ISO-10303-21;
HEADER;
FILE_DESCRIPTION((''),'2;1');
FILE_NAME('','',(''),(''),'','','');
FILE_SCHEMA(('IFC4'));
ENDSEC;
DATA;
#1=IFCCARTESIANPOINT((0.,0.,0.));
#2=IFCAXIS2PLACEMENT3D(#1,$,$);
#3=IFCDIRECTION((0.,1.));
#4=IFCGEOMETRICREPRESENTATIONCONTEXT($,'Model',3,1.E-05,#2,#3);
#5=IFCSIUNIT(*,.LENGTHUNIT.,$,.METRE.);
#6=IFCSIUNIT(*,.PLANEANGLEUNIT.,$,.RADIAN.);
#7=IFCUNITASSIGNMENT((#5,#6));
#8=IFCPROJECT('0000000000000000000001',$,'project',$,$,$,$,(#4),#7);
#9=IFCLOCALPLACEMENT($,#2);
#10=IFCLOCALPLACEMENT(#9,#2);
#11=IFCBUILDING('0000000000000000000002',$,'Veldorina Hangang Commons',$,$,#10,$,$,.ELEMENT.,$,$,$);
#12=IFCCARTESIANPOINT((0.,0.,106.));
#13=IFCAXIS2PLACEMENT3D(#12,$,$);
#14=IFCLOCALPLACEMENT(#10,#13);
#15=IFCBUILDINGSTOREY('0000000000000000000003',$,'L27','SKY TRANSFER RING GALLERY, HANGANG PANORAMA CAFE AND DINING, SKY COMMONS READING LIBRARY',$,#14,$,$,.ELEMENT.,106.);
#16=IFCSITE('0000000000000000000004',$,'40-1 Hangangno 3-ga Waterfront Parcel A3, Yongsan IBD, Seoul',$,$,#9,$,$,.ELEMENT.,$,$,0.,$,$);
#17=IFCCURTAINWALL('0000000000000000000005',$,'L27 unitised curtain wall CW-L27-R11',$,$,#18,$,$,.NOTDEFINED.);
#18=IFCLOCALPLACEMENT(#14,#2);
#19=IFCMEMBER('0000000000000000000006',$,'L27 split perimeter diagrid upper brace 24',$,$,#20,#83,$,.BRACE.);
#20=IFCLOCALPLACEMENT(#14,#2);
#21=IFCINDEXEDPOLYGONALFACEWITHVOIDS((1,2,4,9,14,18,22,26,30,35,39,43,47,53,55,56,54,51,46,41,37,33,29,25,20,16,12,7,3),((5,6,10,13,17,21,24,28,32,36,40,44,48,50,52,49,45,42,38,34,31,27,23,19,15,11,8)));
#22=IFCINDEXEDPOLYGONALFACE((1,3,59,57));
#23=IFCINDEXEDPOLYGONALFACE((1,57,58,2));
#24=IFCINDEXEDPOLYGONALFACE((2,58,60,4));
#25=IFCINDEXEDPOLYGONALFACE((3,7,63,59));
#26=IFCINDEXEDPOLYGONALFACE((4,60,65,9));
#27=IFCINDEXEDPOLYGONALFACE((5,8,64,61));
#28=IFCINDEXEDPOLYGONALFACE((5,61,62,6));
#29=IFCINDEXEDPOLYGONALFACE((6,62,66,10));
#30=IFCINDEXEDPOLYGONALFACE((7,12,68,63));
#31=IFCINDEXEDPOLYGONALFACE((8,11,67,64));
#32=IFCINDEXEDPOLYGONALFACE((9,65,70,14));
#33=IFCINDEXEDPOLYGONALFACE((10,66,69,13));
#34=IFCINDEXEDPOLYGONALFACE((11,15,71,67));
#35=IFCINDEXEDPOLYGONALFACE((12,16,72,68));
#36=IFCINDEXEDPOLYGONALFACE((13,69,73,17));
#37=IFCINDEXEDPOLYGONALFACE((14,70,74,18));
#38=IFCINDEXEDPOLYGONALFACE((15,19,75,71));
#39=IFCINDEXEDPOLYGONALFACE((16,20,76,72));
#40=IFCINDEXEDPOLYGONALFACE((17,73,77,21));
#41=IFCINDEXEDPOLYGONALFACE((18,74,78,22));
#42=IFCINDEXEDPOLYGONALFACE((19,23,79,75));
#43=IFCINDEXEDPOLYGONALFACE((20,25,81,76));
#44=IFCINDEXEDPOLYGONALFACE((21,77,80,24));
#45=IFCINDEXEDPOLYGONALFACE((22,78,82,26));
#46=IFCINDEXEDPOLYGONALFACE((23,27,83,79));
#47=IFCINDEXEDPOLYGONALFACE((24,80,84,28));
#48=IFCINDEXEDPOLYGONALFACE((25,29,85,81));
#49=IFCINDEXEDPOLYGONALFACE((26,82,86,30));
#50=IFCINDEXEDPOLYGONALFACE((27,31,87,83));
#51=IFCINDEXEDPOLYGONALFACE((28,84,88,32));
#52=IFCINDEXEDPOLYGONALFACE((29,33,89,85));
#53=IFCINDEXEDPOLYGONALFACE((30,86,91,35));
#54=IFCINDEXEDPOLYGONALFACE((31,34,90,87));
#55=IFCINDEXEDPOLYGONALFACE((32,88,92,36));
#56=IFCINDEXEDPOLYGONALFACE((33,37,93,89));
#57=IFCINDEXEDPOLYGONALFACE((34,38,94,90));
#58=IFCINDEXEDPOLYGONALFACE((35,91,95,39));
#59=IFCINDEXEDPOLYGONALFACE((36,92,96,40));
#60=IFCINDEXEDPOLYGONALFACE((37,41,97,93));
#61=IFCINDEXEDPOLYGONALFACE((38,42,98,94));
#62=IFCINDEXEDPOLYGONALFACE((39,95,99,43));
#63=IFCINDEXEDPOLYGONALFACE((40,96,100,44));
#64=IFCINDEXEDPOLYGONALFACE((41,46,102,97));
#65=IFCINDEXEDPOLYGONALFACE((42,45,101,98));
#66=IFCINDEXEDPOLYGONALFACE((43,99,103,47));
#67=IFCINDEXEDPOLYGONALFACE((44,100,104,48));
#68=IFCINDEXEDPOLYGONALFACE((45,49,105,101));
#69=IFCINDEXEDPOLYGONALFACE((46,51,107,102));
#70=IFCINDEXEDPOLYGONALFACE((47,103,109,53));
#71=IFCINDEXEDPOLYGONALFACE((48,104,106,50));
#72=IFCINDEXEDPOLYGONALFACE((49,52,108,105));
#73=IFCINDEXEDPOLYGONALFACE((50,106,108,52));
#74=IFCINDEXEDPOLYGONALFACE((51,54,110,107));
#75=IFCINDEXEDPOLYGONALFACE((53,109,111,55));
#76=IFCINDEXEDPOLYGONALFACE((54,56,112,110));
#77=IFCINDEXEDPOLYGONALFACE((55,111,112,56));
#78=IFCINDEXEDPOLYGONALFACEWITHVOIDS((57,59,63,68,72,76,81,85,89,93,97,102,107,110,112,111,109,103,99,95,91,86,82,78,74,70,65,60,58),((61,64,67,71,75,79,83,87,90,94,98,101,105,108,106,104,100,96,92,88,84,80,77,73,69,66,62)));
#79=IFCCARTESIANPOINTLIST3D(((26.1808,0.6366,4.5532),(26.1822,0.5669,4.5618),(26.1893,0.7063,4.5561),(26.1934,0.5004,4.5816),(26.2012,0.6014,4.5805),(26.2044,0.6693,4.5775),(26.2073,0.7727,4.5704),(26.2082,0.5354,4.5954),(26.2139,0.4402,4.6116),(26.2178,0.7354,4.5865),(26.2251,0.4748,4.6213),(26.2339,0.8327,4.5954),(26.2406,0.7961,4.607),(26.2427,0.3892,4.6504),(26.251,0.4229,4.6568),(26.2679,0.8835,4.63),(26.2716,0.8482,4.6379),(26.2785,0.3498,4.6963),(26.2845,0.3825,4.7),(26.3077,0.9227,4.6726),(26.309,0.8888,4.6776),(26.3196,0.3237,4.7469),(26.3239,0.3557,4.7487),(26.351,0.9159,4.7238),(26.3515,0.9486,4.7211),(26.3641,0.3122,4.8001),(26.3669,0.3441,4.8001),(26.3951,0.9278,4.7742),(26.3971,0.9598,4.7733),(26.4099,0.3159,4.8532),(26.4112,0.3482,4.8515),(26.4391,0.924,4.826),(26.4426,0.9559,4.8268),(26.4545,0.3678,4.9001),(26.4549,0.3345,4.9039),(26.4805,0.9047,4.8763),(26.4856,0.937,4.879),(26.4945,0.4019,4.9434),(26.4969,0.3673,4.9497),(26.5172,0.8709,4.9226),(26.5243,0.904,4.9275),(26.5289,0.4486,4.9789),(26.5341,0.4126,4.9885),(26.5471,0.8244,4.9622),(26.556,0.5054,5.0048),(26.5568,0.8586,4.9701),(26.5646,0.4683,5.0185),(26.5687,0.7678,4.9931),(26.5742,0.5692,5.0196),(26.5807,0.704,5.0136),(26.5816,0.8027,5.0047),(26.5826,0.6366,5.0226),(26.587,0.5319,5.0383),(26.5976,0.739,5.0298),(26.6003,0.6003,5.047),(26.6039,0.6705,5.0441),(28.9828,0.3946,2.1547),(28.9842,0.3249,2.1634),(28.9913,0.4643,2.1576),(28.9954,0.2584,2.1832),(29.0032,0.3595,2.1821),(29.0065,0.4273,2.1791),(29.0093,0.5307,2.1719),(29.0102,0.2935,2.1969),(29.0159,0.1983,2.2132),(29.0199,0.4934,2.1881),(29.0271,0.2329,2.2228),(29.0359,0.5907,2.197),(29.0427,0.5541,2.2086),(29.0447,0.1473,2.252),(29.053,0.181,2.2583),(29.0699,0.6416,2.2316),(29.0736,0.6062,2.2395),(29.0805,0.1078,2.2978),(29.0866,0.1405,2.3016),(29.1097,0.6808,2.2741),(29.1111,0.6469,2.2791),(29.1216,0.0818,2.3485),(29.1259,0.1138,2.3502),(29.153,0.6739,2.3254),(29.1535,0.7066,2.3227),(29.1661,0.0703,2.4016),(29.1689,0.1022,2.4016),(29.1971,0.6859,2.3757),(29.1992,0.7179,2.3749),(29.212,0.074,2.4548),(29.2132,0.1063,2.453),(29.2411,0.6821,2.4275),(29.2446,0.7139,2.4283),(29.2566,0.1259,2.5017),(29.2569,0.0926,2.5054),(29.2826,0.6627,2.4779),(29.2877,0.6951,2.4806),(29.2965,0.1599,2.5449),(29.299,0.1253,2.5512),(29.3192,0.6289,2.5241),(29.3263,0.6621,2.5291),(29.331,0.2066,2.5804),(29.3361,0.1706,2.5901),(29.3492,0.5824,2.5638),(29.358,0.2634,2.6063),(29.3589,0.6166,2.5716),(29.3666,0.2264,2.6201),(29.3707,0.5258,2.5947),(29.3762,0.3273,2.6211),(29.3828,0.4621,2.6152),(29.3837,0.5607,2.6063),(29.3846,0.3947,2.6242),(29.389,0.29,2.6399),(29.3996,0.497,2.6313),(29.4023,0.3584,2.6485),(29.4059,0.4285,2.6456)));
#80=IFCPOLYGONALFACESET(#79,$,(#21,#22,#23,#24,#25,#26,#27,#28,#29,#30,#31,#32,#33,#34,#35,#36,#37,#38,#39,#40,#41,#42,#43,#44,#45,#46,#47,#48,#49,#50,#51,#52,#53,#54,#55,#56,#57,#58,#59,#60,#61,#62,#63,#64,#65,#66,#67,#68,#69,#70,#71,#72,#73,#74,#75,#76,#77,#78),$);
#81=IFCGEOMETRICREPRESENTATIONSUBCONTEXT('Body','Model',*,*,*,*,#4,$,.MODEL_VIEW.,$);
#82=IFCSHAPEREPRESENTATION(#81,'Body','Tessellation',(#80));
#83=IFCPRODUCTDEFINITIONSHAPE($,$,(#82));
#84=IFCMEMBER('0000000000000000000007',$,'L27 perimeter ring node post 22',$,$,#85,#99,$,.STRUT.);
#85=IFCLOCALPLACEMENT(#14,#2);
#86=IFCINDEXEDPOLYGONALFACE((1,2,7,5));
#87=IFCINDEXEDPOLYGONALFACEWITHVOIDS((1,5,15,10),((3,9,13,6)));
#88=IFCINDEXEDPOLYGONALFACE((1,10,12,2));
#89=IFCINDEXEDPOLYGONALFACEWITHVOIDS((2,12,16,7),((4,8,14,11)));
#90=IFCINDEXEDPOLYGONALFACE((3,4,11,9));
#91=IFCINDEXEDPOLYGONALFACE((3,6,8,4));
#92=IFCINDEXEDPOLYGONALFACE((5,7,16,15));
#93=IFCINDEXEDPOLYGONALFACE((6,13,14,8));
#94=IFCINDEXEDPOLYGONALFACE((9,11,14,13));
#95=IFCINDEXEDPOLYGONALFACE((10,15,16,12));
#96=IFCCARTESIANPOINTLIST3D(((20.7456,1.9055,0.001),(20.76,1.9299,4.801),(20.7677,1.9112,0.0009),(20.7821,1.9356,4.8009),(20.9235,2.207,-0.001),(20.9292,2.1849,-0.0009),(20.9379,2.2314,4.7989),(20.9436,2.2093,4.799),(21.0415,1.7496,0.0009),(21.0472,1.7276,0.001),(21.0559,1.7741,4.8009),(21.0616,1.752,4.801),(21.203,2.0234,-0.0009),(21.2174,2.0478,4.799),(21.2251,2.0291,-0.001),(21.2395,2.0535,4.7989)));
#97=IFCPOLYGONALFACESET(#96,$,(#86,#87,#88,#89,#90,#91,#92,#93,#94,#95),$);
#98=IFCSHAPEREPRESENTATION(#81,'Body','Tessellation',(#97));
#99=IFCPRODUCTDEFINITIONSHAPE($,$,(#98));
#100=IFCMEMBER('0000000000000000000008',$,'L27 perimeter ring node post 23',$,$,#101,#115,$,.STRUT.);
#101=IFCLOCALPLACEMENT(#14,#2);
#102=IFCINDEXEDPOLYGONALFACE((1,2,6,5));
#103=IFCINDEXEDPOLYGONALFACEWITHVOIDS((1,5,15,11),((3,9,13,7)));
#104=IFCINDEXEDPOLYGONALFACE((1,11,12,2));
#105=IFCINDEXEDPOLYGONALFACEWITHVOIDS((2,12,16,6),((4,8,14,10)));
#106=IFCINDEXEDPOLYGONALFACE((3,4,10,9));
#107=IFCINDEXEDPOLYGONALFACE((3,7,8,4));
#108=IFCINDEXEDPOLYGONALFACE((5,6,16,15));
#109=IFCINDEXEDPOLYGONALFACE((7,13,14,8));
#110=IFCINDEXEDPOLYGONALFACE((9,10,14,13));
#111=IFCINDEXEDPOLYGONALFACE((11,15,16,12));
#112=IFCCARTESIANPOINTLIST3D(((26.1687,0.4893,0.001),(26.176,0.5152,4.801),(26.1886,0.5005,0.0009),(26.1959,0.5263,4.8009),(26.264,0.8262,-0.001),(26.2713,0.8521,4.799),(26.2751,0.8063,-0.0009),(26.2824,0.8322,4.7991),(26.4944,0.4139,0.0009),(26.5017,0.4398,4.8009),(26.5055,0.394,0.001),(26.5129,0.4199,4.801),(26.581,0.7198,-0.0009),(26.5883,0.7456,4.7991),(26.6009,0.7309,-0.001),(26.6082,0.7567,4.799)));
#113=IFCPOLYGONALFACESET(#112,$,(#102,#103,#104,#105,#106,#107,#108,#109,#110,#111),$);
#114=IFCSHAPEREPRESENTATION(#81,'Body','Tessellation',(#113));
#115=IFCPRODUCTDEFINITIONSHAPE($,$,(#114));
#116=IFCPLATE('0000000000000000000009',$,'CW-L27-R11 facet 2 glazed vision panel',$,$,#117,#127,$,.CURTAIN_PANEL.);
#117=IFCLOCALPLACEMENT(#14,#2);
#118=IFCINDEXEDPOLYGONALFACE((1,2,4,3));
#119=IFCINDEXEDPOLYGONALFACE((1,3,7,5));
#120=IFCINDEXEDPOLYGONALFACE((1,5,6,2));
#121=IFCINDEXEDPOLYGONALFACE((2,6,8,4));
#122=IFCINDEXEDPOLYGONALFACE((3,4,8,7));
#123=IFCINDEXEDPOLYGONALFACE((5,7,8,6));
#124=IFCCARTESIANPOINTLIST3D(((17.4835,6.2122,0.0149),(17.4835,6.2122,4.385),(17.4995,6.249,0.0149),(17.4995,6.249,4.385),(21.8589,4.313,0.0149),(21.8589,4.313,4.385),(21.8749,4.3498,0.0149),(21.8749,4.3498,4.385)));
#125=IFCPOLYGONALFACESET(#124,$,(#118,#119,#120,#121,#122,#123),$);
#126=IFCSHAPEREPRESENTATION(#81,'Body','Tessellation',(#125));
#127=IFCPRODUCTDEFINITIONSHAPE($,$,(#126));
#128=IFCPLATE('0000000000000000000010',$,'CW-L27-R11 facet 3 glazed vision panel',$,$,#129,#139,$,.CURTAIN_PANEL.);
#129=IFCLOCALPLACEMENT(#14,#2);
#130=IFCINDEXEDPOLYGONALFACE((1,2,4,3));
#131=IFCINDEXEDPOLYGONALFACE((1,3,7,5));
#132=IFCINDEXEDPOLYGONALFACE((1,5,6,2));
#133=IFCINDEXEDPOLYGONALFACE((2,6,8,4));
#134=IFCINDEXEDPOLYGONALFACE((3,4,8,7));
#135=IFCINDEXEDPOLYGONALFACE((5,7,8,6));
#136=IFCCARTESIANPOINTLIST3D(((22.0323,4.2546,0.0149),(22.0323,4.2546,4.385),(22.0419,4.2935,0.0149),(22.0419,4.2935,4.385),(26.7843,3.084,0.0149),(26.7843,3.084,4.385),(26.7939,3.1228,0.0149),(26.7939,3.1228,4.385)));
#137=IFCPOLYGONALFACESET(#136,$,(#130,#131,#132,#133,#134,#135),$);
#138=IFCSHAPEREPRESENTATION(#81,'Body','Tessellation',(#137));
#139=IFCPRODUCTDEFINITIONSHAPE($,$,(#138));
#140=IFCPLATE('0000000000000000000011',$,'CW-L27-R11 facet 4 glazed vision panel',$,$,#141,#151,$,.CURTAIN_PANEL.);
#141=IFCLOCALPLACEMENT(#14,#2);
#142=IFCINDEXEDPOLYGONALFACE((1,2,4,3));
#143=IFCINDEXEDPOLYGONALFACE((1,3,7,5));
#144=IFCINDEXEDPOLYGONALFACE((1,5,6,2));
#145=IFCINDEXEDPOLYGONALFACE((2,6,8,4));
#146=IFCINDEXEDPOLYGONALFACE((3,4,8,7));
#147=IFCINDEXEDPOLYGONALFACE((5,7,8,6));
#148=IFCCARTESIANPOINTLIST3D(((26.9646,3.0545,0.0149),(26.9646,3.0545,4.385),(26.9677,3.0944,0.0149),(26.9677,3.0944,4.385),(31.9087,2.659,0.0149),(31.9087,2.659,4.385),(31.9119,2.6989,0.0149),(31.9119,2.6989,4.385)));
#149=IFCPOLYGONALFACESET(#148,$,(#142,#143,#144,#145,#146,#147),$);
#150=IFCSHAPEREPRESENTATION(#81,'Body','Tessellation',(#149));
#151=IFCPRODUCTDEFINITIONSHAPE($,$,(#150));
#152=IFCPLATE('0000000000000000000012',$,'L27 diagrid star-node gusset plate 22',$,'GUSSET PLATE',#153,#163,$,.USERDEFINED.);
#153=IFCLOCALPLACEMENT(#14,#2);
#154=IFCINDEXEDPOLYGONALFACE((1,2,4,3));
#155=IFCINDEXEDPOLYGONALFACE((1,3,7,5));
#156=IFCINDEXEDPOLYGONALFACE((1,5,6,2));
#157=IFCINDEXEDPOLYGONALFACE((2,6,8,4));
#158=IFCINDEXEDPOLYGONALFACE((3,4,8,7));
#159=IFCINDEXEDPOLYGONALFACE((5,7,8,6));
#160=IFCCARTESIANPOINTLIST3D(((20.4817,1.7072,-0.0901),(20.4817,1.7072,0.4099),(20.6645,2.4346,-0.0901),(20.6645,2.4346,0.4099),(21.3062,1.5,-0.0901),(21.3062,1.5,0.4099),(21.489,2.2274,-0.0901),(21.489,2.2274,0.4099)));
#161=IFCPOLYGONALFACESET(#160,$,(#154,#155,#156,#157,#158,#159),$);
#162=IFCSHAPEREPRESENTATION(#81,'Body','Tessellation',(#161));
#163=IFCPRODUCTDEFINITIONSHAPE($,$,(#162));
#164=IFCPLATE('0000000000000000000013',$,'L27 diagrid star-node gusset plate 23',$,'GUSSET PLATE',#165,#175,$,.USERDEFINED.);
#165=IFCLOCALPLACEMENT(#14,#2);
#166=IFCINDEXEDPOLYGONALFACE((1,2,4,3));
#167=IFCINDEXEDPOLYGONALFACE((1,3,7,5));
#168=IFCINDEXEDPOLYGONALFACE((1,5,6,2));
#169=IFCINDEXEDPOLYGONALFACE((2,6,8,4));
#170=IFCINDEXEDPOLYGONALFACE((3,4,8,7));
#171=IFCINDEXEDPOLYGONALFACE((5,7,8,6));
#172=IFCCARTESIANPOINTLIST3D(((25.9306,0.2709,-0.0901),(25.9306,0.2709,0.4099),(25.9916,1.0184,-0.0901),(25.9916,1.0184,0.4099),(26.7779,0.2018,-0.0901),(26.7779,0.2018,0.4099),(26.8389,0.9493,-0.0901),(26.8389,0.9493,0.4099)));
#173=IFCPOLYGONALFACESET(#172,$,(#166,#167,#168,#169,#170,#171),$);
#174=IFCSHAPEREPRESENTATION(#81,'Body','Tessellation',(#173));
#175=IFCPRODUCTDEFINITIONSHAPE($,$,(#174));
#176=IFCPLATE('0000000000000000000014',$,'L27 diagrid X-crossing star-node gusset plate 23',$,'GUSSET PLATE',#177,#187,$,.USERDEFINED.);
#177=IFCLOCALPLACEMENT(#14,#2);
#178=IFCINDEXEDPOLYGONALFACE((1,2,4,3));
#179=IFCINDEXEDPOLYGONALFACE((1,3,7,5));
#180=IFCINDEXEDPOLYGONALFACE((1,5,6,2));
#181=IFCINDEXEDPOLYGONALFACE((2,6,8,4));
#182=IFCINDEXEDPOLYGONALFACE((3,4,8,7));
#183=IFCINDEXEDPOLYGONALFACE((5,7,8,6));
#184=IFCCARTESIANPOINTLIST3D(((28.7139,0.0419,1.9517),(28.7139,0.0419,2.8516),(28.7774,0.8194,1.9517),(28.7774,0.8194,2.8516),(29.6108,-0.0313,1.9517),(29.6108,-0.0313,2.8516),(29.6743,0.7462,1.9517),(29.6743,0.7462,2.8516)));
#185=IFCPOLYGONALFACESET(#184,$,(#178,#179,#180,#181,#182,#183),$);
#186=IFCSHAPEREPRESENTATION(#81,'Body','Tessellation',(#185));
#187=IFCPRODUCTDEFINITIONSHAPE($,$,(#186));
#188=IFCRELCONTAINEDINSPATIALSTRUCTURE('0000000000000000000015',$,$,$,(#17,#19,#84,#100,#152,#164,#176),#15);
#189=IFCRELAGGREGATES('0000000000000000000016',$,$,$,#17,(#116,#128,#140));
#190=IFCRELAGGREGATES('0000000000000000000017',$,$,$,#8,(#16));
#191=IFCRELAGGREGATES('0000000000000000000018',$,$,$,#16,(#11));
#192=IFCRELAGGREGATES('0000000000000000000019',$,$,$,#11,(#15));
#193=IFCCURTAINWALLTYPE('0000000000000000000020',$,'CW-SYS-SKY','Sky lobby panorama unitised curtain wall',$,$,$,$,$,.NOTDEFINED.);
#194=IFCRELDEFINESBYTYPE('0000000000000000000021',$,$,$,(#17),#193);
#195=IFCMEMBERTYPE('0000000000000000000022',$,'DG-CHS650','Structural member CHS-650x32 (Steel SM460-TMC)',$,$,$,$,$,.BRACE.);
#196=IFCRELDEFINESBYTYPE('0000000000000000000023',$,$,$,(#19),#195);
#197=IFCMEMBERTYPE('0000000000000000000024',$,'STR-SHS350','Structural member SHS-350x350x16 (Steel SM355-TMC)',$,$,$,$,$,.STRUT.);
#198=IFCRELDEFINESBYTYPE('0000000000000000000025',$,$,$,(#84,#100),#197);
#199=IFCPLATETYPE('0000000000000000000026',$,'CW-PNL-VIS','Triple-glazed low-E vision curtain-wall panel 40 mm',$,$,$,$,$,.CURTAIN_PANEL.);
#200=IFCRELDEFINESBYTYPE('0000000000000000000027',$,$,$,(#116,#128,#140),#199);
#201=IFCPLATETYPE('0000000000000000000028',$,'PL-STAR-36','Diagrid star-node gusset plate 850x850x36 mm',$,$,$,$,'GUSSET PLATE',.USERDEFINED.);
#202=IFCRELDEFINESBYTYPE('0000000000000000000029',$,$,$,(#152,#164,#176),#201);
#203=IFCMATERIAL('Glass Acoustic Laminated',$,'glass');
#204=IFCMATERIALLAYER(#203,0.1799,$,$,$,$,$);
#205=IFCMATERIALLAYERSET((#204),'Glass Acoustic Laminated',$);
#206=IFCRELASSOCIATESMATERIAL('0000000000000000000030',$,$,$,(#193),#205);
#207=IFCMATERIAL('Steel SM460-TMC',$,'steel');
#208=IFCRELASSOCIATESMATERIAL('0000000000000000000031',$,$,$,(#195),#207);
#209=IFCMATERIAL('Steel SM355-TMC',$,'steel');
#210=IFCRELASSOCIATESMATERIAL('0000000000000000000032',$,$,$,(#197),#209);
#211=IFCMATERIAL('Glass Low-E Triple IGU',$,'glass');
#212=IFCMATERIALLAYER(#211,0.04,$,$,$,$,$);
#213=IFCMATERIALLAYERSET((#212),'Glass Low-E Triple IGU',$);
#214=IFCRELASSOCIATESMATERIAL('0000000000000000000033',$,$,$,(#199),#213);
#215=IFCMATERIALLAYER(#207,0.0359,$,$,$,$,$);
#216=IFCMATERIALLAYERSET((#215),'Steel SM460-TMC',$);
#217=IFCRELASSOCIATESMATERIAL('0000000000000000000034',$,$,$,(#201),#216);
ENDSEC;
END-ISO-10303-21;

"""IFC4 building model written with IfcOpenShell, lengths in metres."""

from ifc_helpers import new_model, si_unit, direction, frame, origin, origin_2d, place, context, subcontext, project, spatial, rectangle, hollow_rectangle, hollow_circle, extrude, material, layer, layer_set, material_profile, profile_set, type_object, element, aggregate, save


model = new_model("IFC4")

# Units and contexts
model_context = context("Model", 3, precision=1e-05, world=origin(), true_north=direction((0.0, 1.0)))
body_context = subcontext(model_context, "Body", "Model", "MODEL_VIEW")
ifc_project = project(units=[si_unit("LENGTHUNIT", "METRE"), si_unit("PLANEANGLEUNIT", "RADIAN")], contexts=[model_context])

# Site, building, storey
site_placement = place(None, origin())
site = spatial("IfcSite", under=ifc_project, at=site_placement, Name="40-1 Hangangno 3-ga Waterfront Parcel A3, Yongsan IBD, Seoul", CompositionType="ELEMENT", RefElevation=0.0)
building_placement = place(site_placement, origin())
building = spatial("IfcBuilding", under=site, at=building_placement, Name="Veldorina Hangang Commons", CompositionType="ELEMENT")
storey_placement = place(building_placement, frame((0.0, 0.0, 106.0)))
storey = spatial("IfcBuildingStorey", under=building, at=storey_placement, Name="L27", Description="SKY TRANSFER RING GALLERY, HANGANG PANORAMA CAFE AND DINING, SKY COMMONS READING LIBRARY", CompositionType="ELEMENT", Elevation=106.0)

# Curtain wall
ifc_material_1 = material(Name="Glass Acoustic Laminated", Category="glass")
ifc_layer_1 = layer(ifc_material_1, 0.1799)
ifc_layer_set_1 = layer_set([ifc_layer_1], Name="Glass Acoustic Laminated")
curtain_wall_type = type_object("IfcCurtainWallType", Name="CW-SYS-SKY", Description="Sky lobby panorama unitised curtain wall", PredefinedType="NOTDEFINED", material=ifc_layer_set_1)
curtain_wall_placement = place(storey_placement, origin())
curtain_wall = element("IfcCurtainWall", 1, at=curtain_wall_placement, inside=storey, type_object=curtain_wall_type, Name="L27 unitised curtain wall CW-L27-R11", PredefinedType="NOTDEFINED")

# Members
ifc_material_2 = material(Name="Steel SM460-TMC", Category="steel")
ifc_material_profile_1 = material_profile(ifc_material_2, hollow_circle(Radius=0.325, WallThickness=0.032, at=origin_2d()), Name="CHS-650x32")
ifc_profile_set_1 = profile_set([ifc_material_profile_1], Name="Steel SM460-TMC")
member_type_1 = type_object("IfcMemberType", Name="DG-CHS650", Description="Structural member CHS-650x32 (Steel SM460-TMC)", PredefinedType="BRACE", material=ifc_profile_set_1)
member_1_placement = place(storey_placement, frame((29.1941, 0.394, 2.4016), z_axis=(-0.758066, 0.065456, 0.648884), x_axis=(-0.086027, -0.996293, 0.0)))
element("IfcMember", 2, at=member_1_placement, inside=storey, type_object=member_type_1, Name="L27 split perimeter diagrid upper brace 24", PredefinedType="BRACE", context=body_context, shape_type="SweptSolid", body=[
    extrude(hollow_circle(Radius=0.325, WallThickness=0.032, at=origin_2d()), origin(), (0.0, 0.0, 1.0), 3.6963),
])
ifc_material_3 = material(Name="Steel SM355-TMC", Category="steel")
ifc_material_profile_2 = material_profile(ifc_material_3, hollow_rectangle(XDim=0.3501, YDim=0.3501, WallThickness=0.0161, at=origin_2d()), Name="SHS-350x350x16")
ifc_profile_set_2 = profile_set([ifc_material_profile_2], Name="Steel SM355-TMC")
member_type_2 = type_object("IfcMemberType", Name="STR-SHS350", Description="Structural member SHS-350x350x16 (Steel SM355-TMC)", PredefinedType="STRUT", material=ifc_profile_set_2)
for number, where, z_axis, x_axis, name in (
    (3, (20.9854, 1.9673, 0.0), (0.003001, 0.005086, 0.999983), (-0.861269, 0.508149, 0.0), "L27 perimeter ring node post 22"),
    (4, (26.3848, 0.6101, 0.0), (0.001526, 0.005391, 0.999984), (-0.962206, 0.272322, 0.0), "L27 perimeter ring node post 23"),
):
    element("IfcMember", number, at=place(storey_placement, frame(where, z_axis=z_axis, x_axis=x_axis)), inside=storey, type_object=member_type_2, Name=name, PredefinedType="STRUT", context=body_context, shape_type="SweptSolid", body=[
        extrude(hollow_rectangle(XDim=0.3501, YDim=0.3501, WallThickness=0.0161, at=origin_2d()), origin(), (0.0, 0.0, 1.0), 4.8),
    ])

# Plates
ifc_material_4 = material(Name="Glass Low-E Triple IGU", Category="glass")
ifc_layer_2 = layer(ifc_material_4, 0.04)
ifc_layer_set_2 = layer_set([ifc_layer_2], Name="Glass Low-E Triple IGU")
plate_type_1 = type_object("IfcPlateType", Name="CW-PNL-VIS", Description="Triple-glazed low-E vision curtain-wall panel 40 mm", PredefinedType="CURTAIN_PANEL", material=ifc_layer_set_2)
plate_1_placement = place(storey_placement, frame((19.6792, 5.281, 0.0149), z_axis=(0.0, 0.0, 1.0), x_axis=(0.91731, -0.398173, 0.0)))
plate_1 = element("IfcPlate", 5, at=plate_1_placement, type_object=plate_type_1, Name="CW-L27-R11 facet 2 glazed vision panel", PredefinedType="CURTAIN_PANEL", context=body_context, shape_type="SweptSolid", body=[
    extrude(rectangle(XDim=4.7698, YDim=0.04, at=origin_2d()), origin(), (0.0, 0.0, 1.0), 4.3701),
])
plate_2_placement = place(storey_placement, frame((24.4131, 3.6887, 0.0149), z_axis=(0.0, 0.0, 1.0), x_axis=(0.970972, -0.239194, 0.0)))
plate_2 = element("IfcPlate", 6, at=plate_2_placement, type_object=plate_type_1, Name="CW-L27-R11 facet 3 glazed vision panel", PredefinedType="CURTAIN_PANEL", context=body_context, shape_type="SweptSolid", body=[
    extrude(rectangle(XDim=4.894, YDim=0.04, at=origin_2d()), origin(), (0.0, 0.0, 1.0), 4.3701),
])
plate_3_placement = place(storey_placement, frame((29.4382, 2.8767, 0.0149), z_axis=(0.0, 0.0, 1.0), x_axis=(0.996817, -0.079729, 0.0)))
plate_3 = element("IfcPlate", 7, at=plate_3_placement, type_object=plate_type_1, Name="CW-L27-R11 facet 4 glazed vision panel", PredefinedType="CURTAIN_PANEL", context=body_context, shape_type="SweptSolid", body=[
    extrude(rectangle(XDim=4.96, YDim=0.04, at=origin_2d()), origin(), (0.0, 0.0, 1.0), 4.3701),
])
aggregate(curtain_wall, [plate_1, plate_2, plate_3])

# Plates
ifc_layer_3 = layer(ifc_material_2, 0.0359)
ifc_layer_set_3 = layer_set([ifc_layer_3], Name="Steel SM460-TMC")
plate_type_2 = type_object("IfcPlateType", Name="PL-STAR-36", Description="Diagrid star-node gusset plate 850x850x36 mm", ElementType="GUSSET PLATE", PredefinedType="USERDEFINED", material=ifc_layer_set_3)
for number, where, z_axis, x_axis, name in (
    (8, (20.9854, 1.9673, -0.0901), (0.0, 0.0, 1.0), (0.969834, -0.243767, 0.0), "L27 diagrid star-node gusset plate 22"),
    (9, (26.3848, 0.6101, -0.0901), (0.0, 0.0, 1.0), (0.996687, -0.08133, 0.0), "L27 diagrid star-node gusset plate 23"),
):
    element("IfcPlate", number, at=place(storey_placement, frame(where, z_axis=z_axis, x_axis=x_axis)), inside=storey, type_object=plate_type_2, Name=name, ObjectType="GUSSET PLATE", PredefinedType="USERDEFINED", context=body_context, shape_type="SweptSolid", body=[
        extrude(rectangle(XDim=0.8501, YDim=0.75, at=origin_2d()), origin(), (0.0, 0.0, 1.0), 0.5),
    ])
plate_4_placement = place(storey_placement, frame((29.1941, 0.394, 1.9517), z_axis=(0.0, 0.0, 1.0), x_axis=(0.996687, -0.08133, 0.0)))
element("IfcPlate", 10, at=plate_4_placement, inside=storey, type_object=plate_type_2, Name="L27 diagrid X-crossing star-node gusset plate 23", ObjectType="GUSSET PLATE", PredefinedType="USERDEFINED", context=body_context, shape_type="SweptSolid", body=[
    extrude(rectangle(XDim=0.8999, YDim=0.78, at=origin_2d()), origin(), (0.0, 0.0, 1.0), 0.8999),
])

save(model, "model.ifc")
